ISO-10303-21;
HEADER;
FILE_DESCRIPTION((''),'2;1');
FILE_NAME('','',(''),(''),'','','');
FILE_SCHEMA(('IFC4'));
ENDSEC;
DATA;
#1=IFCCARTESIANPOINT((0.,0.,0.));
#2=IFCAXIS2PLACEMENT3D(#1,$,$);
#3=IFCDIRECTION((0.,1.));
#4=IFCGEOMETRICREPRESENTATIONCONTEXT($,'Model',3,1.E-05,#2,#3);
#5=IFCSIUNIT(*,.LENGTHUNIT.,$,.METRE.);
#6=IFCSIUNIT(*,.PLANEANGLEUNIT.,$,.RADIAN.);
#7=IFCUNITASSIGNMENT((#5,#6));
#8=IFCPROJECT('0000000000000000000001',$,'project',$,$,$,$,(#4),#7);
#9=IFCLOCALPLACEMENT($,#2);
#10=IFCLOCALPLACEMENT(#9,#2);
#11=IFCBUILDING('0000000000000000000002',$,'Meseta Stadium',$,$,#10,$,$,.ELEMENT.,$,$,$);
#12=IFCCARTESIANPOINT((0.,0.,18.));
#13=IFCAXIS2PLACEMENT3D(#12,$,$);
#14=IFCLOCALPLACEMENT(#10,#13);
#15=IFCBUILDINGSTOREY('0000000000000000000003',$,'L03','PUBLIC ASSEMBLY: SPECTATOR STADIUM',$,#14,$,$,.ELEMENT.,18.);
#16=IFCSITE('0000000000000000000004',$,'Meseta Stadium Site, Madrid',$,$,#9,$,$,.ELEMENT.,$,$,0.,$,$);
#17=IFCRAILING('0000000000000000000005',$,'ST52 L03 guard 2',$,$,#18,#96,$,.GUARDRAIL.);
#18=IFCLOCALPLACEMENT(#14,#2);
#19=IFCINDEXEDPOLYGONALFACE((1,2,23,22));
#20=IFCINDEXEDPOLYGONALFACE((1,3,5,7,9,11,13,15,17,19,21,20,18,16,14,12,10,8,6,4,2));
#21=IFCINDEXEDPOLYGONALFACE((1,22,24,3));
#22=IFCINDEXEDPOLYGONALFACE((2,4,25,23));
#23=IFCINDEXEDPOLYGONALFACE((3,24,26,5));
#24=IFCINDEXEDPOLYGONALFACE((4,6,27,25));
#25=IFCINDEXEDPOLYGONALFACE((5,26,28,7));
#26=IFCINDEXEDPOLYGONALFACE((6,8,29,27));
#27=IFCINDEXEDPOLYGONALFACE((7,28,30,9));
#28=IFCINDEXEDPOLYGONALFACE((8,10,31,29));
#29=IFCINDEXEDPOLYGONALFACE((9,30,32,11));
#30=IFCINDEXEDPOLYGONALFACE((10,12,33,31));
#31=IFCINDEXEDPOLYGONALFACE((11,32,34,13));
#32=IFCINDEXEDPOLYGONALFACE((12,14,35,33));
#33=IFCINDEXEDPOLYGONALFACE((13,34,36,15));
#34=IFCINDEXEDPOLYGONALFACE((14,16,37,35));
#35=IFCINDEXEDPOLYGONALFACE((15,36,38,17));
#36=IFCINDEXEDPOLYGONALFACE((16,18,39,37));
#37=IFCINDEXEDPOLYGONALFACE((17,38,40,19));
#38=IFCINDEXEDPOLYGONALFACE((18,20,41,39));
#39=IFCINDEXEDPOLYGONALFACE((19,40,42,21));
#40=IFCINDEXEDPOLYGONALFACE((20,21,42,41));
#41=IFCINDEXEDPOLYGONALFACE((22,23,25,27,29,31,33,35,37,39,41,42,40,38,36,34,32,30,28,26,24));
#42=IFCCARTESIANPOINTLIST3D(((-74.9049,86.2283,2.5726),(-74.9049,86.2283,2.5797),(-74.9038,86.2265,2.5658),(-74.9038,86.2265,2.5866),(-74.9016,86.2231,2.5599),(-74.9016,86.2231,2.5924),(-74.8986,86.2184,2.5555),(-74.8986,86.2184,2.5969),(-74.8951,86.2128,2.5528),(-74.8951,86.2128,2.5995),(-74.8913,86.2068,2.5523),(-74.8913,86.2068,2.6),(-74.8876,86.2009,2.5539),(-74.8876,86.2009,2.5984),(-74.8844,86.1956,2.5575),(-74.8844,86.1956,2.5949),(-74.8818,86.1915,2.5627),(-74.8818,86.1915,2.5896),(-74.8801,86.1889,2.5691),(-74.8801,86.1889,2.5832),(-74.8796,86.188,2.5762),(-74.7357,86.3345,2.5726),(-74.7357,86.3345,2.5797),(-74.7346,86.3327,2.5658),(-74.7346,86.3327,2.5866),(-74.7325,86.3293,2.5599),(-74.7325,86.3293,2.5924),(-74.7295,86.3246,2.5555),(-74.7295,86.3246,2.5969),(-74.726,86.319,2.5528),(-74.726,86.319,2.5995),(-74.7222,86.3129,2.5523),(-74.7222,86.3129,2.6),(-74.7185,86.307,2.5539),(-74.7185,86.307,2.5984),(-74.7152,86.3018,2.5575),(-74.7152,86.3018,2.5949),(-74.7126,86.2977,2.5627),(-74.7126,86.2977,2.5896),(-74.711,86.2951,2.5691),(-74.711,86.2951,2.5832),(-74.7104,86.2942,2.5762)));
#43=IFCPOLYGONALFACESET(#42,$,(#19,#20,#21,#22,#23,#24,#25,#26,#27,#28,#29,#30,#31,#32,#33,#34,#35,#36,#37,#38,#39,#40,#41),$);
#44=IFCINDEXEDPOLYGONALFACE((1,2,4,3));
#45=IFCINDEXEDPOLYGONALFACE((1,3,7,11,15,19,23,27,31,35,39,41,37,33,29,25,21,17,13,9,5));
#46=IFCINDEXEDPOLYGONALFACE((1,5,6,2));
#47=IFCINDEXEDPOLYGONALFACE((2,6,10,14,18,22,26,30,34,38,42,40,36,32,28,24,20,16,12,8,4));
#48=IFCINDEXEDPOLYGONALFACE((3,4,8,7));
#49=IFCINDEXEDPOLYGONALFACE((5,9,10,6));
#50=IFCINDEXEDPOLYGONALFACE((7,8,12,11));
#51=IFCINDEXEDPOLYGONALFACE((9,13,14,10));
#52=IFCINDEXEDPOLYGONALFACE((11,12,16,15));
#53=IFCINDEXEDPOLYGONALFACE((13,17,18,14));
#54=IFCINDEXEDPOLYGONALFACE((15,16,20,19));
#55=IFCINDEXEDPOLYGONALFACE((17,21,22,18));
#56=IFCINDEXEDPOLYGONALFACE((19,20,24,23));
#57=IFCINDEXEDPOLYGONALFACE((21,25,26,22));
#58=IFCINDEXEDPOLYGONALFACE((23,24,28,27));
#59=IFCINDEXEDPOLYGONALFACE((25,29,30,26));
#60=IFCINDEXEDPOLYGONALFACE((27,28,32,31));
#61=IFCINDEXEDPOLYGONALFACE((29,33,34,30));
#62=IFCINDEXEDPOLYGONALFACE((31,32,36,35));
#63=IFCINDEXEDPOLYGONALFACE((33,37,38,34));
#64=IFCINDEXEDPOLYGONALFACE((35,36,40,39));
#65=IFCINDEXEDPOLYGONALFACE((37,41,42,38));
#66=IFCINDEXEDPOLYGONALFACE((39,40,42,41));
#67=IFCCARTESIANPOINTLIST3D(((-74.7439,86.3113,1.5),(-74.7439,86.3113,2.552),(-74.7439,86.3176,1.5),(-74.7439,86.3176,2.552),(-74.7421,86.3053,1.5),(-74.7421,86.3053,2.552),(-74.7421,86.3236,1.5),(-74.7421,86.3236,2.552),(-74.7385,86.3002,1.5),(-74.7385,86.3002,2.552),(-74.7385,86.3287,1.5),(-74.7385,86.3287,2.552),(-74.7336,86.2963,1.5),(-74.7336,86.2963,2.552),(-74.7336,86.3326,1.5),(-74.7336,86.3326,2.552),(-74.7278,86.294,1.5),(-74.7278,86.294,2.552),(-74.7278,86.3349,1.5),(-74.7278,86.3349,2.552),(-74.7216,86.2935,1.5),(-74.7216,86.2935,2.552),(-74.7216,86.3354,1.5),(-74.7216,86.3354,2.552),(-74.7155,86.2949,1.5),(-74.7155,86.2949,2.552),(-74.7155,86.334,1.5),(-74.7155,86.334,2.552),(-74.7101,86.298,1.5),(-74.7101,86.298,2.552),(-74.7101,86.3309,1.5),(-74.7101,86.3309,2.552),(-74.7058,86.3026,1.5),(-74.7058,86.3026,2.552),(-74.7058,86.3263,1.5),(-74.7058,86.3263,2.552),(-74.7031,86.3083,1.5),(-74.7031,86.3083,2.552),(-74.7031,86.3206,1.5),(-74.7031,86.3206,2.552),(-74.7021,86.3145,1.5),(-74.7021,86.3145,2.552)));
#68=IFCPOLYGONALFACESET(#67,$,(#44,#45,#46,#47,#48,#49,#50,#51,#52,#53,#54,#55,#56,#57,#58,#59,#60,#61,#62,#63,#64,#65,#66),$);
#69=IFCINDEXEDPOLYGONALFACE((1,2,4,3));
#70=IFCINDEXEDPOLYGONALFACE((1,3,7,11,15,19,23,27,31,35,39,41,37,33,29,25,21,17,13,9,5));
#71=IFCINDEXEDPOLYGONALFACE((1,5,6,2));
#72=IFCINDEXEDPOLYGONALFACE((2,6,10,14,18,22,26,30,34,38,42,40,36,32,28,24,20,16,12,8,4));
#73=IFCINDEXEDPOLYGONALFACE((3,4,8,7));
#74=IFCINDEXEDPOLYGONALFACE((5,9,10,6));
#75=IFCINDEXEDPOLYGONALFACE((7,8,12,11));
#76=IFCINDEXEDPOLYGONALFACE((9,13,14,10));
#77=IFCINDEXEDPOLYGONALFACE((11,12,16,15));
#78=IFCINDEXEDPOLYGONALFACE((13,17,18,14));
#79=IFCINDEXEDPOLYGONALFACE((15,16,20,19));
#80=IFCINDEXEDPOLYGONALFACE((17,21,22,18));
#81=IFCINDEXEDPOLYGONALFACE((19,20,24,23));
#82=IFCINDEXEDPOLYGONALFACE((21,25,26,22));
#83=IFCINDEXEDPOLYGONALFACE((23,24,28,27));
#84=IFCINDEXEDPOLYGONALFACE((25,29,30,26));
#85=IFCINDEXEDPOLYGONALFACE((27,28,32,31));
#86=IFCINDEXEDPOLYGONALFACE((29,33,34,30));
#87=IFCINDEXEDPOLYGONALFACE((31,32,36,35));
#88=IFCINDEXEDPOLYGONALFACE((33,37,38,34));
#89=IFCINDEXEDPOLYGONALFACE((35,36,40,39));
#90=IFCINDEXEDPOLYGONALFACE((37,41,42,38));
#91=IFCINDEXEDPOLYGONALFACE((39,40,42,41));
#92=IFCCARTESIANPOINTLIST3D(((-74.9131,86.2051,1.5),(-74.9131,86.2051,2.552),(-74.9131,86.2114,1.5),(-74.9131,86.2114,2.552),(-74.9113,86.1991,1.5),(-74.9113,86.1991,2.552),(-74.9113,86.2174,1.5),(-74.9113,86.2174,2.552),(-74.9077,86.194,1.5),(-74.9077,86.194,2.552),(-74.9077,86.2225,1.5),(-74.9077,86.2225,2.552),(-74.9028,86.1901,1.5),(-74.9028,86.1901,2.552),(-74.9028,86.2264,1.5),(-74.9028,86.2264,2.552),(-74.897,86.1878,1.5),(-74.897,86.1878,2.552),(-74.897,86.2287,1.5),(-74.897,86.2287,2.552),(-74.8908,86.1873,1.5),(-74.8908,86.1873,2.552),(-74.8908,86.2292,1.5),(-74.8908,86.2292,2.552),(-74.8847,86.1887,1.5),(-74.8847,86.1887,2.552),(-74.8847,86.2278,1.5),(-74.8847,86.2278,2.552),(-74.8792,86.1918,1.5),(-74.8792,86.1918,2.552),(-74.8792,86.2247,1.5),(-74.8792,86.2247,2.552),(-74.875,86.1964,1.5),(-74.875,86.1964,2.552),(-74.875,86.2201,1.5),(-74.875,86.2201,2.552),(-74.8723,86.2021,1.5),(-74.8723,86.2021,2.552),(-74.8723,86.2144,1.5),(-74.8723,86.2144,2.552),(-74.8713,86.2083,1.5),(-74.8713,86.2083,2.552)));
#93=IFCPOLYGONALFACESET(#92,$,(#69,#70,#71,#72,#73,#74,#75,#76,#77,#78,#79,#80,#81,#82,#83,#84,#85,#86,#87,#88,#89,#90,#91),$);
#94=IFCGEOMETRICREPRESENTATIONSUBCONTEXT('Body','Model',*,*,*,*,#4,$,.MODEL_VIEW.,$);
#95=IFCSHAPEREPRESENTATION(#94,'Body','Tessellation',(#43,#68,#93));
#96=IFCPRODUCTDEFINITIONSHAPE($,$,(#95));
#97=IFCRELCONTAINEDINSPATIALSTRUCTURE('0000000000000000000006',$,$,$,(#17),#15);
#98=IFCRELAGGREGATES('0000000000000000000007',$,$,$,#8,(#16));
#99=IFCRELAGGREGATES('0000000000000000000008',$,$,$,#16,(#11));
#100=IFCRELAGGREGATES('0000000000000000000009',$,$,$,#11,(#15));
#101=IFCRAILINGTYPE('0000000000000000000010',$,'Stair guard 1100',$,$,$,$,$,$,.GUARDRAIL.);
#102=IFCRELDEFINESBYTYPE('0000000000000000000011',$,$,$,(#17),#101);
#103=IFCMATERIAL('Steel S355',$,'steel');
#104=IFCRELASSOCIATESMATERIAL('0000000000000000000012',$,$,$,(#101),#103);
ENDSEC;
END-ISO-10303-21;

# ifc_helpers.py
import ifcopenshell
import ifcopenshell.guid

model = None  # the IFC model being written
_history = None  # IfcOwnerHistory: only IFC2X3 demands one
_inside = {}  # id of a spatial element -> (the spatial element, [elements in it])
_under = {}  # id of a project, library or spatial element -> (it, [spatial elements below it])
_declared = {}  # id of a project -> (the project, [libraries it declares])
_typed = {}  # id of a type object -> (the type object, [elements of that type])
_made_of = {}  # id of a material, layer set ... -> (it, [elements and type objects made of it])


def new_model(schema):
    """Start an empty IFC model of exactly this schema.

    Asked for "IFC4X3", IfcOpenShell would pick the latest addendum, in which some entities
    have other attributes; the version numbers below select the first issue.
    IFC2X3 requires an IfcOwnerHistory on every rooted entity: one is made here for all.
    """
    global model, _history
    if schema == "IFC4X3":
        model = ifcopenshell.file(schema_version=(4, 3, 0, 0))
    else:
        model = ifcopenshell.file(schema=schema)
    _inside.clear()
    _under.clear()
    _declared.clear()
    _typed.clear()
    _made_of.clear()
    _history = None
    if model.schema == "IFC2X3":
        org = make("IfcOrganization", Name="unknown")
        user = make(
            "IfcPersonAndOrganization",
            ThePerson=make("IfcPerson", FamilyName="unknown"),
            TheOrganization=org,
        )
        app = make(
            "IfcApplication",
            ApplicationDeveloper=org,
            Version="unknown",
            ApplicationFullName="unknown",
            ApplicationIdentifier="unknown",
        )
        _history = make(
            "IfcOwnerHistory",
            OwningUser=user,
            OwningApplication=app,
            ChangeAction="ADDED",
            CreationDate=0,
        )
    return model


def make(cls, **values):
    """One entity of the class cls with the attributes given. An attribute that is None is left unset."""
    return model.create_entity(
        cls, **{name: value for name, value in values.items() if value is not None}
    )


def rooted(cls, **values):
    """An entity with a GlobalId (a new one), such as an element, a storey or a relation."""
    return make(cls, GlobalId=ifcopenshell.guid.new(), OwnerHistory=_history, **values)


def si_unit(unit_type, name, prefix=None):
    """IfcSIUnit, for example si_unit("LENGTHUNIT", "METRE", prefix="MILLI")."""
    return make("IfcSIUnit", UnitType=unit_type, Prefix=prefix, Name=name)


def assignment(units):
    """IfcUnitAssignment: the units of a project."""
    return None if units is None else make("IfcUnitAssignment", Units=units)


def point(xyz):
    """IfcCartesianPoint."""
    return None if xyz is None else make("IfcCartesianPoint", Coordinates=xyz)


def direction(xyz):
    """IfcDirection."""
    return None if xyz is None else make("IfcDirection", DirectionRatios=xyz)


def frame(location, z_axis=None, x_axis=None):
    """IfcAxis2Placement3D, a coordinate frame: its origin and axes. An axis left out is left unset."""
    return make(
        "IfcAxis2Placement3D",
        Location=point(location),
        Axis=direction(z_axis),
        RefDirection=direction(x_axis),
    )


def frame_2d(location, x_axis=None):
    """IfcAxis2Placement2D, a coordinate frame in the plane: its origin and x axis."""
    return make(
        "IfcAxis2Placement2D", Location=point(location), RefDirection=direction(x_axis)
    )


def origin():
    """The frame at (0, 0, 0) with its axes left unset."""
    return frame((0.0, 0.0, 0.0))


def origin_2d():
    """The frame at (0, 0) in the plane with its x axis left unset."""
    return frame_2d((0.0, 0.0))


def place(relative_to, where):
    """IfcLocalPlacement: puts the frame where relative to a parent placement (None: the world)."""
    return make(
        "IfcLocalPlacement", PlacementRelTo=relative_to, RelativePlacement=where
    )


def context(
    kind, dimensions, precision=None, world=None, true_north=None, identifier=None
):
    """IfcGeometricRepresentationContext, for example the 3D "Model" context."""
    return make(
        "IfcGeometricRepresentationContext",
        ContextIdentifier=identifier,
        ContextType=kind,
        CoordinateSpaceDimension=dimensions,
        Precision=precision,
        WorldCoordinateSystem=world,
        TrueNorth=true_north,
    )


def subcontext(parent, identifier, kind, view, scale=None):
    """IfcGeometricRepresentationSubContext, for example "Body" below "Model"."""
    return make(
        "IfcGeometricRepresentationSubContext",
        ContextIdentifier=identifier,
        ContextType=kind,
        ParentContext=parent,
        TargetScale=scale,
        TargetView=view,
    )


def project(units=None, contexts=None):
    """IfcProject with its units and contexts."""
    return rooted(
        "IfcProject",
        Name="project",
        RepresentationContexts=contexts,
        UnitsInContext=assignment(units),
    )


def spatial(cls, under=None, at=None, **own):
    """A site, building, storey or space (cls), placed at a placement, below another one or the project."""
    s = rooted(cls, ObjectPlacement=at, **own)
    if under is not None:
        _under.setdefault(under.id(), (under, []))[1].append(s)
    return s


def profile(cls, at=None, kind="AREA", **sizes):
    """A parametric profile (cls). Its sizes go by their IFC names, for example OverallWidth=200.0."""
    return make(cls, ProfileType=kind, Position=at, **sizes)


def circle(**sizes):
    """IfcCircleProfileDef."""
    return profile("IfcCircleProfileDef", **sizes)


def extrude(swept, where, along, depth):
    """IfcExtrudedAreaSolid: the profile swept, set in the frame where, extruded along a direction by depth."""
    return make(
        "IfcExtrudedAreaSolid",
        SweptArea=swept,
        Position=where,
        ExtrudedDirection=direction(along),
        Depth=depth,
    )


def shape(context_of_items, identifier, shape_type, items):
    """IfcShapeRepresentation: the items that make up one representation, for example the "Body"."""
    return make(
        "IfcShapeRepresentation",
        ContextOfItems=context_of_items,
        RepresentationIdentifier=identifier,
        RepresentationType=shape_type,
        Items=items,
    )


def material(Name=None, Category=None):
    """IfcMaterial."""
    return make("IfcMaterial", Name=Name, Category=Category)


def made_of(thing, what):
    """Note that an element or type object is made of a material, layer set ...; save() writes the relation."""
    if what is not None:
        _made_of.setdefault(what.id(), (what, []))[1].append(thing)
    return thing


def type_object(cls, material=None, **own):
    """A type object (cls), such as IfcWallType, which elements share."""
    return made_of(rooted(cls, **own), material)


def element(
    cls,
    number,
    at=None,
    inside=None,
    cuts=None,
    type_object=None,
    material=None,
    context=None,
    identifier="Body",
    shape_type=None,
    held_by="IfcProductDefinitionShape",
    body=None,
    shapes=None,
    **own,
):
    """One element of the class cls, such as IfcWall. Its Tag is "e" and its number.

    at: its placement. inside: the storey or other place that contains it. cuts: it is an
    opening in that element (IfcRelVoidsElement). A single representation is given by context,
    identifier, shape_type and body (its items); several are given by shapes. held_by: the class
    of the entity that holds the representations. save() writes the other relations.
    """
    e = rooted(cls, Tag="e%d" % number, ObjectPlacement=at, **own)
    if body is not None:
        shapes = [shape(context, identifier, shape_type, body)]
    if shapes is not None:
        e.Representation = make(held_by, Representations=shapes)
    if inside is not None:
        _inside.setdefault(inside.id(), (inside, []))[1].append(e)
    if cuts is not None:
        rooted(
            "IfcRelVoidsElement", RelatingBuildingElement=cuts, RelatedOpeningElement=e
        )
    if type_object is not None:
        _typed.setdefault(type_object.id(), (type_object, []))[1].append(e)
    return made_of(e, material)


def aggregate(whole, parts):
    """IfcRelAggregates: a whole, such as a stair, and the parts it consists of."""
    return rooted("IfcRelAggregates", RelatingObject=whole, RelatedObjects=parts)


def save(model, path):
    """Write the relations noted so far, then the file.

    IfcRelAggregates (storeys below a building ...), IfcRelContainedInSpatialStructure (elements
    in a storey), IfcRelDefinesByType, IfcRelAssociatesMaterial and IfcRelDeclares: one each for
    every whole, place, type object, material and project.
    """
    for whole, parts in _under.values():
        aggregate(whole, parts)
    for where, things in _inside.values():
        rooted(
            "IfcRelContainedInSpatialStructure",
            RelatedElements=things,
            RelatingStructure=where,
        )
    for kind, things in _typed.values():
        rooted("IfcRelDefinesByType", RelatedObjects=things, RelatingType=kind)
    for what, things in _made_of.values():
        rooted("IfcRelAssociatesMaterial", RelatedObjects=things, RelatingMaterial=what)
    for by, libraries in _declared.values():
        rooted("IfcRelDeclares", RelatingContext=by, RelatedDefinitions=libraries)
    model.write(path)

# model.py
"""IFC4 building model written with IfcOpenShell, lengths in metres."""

from ifc_helpers import new_model, si_unit, direction, frame, origin, origin_2d, place, context, subcontext, project, spatial, circle, extrude, material, type_object, element, save


model = new_model("IFC4")

# Units and contexts
model_context = context("Model", 3, precision=1e-05, world=origin(), true_north=direction((0.0, 1.0)))
body_context = subcontext(model_context, "Body", "Model", "MODEL_VIEW")
ifc_project = project(units=[si_unit("LENGTHUNIT", "METRE"), si_unit("PLANEANGLEUNIT", "RADIAN")], contexts=[model_context])

# Site, building, storey
site_placement = place(None, origin())
site = spatial("IfcSite", under=ifc_project, at=site_placement, Name="Meseta Stadium Site, Madrid", CompositionType="ELEMENT", RefElevation=0.0)
building_placement = place(site_placement, origin())
building = spatial("IfcBuilding", under=site, at=building_placement, Name="Meseta Stadium", CompositionType="ELEMENT")
storey_placement = place(building_placement, frame((0.0, 0.0, 18.0)))
storey = spatial("IfcBuildingStorey", under=building, at=storey_placement, Name="L03", Description="PUBLIC ASSEMBLY: SPECTATOR STADIUM", CompositionType="ELEMENT", Elevation=18.0)

# Railing
ifc_material_1 = material(Name="Steel S355", Category="steel")
railing_type_1 = type_object("IfcRailingType", Name="Stair guard 1100", PredefinedType="GUARDRAIL", material=ifc_material_1)
railing_1_placement = place(storey_placement, frame((-74.7231, 86.3145, 1.5)))
element("IfcRailing", 1, at=railing_1_placement, inside=storey, type_object=railing_type_1, Name="ST52 L03 guard 2", PredefinedType="GUARDRAIL", context=body_context, shape_type="SweptSolid", body=[
    extrude(circle(Radius=0.0239, at=origin_2d()), frame((0.0, 0.0, 1.0762), z_axis=(-0.846967, -0.531646, 0.0), x_axis=(0.531646, -0.846967, 0.0)), (0.0, 0.0, 1.0), 0.1997),
    extrude(circle(Radius=0.021, at=origin_2d()), origin(), (0.0, 0.0, 1.0), 1.052),
    extrude(circle(Radius=0.021, at=origin_2d()), frame((-0.1692, -0.1062, 0.0)), (0.0, 0.0, 1.0), 1.052),
])

save(model, "model.ifc")
